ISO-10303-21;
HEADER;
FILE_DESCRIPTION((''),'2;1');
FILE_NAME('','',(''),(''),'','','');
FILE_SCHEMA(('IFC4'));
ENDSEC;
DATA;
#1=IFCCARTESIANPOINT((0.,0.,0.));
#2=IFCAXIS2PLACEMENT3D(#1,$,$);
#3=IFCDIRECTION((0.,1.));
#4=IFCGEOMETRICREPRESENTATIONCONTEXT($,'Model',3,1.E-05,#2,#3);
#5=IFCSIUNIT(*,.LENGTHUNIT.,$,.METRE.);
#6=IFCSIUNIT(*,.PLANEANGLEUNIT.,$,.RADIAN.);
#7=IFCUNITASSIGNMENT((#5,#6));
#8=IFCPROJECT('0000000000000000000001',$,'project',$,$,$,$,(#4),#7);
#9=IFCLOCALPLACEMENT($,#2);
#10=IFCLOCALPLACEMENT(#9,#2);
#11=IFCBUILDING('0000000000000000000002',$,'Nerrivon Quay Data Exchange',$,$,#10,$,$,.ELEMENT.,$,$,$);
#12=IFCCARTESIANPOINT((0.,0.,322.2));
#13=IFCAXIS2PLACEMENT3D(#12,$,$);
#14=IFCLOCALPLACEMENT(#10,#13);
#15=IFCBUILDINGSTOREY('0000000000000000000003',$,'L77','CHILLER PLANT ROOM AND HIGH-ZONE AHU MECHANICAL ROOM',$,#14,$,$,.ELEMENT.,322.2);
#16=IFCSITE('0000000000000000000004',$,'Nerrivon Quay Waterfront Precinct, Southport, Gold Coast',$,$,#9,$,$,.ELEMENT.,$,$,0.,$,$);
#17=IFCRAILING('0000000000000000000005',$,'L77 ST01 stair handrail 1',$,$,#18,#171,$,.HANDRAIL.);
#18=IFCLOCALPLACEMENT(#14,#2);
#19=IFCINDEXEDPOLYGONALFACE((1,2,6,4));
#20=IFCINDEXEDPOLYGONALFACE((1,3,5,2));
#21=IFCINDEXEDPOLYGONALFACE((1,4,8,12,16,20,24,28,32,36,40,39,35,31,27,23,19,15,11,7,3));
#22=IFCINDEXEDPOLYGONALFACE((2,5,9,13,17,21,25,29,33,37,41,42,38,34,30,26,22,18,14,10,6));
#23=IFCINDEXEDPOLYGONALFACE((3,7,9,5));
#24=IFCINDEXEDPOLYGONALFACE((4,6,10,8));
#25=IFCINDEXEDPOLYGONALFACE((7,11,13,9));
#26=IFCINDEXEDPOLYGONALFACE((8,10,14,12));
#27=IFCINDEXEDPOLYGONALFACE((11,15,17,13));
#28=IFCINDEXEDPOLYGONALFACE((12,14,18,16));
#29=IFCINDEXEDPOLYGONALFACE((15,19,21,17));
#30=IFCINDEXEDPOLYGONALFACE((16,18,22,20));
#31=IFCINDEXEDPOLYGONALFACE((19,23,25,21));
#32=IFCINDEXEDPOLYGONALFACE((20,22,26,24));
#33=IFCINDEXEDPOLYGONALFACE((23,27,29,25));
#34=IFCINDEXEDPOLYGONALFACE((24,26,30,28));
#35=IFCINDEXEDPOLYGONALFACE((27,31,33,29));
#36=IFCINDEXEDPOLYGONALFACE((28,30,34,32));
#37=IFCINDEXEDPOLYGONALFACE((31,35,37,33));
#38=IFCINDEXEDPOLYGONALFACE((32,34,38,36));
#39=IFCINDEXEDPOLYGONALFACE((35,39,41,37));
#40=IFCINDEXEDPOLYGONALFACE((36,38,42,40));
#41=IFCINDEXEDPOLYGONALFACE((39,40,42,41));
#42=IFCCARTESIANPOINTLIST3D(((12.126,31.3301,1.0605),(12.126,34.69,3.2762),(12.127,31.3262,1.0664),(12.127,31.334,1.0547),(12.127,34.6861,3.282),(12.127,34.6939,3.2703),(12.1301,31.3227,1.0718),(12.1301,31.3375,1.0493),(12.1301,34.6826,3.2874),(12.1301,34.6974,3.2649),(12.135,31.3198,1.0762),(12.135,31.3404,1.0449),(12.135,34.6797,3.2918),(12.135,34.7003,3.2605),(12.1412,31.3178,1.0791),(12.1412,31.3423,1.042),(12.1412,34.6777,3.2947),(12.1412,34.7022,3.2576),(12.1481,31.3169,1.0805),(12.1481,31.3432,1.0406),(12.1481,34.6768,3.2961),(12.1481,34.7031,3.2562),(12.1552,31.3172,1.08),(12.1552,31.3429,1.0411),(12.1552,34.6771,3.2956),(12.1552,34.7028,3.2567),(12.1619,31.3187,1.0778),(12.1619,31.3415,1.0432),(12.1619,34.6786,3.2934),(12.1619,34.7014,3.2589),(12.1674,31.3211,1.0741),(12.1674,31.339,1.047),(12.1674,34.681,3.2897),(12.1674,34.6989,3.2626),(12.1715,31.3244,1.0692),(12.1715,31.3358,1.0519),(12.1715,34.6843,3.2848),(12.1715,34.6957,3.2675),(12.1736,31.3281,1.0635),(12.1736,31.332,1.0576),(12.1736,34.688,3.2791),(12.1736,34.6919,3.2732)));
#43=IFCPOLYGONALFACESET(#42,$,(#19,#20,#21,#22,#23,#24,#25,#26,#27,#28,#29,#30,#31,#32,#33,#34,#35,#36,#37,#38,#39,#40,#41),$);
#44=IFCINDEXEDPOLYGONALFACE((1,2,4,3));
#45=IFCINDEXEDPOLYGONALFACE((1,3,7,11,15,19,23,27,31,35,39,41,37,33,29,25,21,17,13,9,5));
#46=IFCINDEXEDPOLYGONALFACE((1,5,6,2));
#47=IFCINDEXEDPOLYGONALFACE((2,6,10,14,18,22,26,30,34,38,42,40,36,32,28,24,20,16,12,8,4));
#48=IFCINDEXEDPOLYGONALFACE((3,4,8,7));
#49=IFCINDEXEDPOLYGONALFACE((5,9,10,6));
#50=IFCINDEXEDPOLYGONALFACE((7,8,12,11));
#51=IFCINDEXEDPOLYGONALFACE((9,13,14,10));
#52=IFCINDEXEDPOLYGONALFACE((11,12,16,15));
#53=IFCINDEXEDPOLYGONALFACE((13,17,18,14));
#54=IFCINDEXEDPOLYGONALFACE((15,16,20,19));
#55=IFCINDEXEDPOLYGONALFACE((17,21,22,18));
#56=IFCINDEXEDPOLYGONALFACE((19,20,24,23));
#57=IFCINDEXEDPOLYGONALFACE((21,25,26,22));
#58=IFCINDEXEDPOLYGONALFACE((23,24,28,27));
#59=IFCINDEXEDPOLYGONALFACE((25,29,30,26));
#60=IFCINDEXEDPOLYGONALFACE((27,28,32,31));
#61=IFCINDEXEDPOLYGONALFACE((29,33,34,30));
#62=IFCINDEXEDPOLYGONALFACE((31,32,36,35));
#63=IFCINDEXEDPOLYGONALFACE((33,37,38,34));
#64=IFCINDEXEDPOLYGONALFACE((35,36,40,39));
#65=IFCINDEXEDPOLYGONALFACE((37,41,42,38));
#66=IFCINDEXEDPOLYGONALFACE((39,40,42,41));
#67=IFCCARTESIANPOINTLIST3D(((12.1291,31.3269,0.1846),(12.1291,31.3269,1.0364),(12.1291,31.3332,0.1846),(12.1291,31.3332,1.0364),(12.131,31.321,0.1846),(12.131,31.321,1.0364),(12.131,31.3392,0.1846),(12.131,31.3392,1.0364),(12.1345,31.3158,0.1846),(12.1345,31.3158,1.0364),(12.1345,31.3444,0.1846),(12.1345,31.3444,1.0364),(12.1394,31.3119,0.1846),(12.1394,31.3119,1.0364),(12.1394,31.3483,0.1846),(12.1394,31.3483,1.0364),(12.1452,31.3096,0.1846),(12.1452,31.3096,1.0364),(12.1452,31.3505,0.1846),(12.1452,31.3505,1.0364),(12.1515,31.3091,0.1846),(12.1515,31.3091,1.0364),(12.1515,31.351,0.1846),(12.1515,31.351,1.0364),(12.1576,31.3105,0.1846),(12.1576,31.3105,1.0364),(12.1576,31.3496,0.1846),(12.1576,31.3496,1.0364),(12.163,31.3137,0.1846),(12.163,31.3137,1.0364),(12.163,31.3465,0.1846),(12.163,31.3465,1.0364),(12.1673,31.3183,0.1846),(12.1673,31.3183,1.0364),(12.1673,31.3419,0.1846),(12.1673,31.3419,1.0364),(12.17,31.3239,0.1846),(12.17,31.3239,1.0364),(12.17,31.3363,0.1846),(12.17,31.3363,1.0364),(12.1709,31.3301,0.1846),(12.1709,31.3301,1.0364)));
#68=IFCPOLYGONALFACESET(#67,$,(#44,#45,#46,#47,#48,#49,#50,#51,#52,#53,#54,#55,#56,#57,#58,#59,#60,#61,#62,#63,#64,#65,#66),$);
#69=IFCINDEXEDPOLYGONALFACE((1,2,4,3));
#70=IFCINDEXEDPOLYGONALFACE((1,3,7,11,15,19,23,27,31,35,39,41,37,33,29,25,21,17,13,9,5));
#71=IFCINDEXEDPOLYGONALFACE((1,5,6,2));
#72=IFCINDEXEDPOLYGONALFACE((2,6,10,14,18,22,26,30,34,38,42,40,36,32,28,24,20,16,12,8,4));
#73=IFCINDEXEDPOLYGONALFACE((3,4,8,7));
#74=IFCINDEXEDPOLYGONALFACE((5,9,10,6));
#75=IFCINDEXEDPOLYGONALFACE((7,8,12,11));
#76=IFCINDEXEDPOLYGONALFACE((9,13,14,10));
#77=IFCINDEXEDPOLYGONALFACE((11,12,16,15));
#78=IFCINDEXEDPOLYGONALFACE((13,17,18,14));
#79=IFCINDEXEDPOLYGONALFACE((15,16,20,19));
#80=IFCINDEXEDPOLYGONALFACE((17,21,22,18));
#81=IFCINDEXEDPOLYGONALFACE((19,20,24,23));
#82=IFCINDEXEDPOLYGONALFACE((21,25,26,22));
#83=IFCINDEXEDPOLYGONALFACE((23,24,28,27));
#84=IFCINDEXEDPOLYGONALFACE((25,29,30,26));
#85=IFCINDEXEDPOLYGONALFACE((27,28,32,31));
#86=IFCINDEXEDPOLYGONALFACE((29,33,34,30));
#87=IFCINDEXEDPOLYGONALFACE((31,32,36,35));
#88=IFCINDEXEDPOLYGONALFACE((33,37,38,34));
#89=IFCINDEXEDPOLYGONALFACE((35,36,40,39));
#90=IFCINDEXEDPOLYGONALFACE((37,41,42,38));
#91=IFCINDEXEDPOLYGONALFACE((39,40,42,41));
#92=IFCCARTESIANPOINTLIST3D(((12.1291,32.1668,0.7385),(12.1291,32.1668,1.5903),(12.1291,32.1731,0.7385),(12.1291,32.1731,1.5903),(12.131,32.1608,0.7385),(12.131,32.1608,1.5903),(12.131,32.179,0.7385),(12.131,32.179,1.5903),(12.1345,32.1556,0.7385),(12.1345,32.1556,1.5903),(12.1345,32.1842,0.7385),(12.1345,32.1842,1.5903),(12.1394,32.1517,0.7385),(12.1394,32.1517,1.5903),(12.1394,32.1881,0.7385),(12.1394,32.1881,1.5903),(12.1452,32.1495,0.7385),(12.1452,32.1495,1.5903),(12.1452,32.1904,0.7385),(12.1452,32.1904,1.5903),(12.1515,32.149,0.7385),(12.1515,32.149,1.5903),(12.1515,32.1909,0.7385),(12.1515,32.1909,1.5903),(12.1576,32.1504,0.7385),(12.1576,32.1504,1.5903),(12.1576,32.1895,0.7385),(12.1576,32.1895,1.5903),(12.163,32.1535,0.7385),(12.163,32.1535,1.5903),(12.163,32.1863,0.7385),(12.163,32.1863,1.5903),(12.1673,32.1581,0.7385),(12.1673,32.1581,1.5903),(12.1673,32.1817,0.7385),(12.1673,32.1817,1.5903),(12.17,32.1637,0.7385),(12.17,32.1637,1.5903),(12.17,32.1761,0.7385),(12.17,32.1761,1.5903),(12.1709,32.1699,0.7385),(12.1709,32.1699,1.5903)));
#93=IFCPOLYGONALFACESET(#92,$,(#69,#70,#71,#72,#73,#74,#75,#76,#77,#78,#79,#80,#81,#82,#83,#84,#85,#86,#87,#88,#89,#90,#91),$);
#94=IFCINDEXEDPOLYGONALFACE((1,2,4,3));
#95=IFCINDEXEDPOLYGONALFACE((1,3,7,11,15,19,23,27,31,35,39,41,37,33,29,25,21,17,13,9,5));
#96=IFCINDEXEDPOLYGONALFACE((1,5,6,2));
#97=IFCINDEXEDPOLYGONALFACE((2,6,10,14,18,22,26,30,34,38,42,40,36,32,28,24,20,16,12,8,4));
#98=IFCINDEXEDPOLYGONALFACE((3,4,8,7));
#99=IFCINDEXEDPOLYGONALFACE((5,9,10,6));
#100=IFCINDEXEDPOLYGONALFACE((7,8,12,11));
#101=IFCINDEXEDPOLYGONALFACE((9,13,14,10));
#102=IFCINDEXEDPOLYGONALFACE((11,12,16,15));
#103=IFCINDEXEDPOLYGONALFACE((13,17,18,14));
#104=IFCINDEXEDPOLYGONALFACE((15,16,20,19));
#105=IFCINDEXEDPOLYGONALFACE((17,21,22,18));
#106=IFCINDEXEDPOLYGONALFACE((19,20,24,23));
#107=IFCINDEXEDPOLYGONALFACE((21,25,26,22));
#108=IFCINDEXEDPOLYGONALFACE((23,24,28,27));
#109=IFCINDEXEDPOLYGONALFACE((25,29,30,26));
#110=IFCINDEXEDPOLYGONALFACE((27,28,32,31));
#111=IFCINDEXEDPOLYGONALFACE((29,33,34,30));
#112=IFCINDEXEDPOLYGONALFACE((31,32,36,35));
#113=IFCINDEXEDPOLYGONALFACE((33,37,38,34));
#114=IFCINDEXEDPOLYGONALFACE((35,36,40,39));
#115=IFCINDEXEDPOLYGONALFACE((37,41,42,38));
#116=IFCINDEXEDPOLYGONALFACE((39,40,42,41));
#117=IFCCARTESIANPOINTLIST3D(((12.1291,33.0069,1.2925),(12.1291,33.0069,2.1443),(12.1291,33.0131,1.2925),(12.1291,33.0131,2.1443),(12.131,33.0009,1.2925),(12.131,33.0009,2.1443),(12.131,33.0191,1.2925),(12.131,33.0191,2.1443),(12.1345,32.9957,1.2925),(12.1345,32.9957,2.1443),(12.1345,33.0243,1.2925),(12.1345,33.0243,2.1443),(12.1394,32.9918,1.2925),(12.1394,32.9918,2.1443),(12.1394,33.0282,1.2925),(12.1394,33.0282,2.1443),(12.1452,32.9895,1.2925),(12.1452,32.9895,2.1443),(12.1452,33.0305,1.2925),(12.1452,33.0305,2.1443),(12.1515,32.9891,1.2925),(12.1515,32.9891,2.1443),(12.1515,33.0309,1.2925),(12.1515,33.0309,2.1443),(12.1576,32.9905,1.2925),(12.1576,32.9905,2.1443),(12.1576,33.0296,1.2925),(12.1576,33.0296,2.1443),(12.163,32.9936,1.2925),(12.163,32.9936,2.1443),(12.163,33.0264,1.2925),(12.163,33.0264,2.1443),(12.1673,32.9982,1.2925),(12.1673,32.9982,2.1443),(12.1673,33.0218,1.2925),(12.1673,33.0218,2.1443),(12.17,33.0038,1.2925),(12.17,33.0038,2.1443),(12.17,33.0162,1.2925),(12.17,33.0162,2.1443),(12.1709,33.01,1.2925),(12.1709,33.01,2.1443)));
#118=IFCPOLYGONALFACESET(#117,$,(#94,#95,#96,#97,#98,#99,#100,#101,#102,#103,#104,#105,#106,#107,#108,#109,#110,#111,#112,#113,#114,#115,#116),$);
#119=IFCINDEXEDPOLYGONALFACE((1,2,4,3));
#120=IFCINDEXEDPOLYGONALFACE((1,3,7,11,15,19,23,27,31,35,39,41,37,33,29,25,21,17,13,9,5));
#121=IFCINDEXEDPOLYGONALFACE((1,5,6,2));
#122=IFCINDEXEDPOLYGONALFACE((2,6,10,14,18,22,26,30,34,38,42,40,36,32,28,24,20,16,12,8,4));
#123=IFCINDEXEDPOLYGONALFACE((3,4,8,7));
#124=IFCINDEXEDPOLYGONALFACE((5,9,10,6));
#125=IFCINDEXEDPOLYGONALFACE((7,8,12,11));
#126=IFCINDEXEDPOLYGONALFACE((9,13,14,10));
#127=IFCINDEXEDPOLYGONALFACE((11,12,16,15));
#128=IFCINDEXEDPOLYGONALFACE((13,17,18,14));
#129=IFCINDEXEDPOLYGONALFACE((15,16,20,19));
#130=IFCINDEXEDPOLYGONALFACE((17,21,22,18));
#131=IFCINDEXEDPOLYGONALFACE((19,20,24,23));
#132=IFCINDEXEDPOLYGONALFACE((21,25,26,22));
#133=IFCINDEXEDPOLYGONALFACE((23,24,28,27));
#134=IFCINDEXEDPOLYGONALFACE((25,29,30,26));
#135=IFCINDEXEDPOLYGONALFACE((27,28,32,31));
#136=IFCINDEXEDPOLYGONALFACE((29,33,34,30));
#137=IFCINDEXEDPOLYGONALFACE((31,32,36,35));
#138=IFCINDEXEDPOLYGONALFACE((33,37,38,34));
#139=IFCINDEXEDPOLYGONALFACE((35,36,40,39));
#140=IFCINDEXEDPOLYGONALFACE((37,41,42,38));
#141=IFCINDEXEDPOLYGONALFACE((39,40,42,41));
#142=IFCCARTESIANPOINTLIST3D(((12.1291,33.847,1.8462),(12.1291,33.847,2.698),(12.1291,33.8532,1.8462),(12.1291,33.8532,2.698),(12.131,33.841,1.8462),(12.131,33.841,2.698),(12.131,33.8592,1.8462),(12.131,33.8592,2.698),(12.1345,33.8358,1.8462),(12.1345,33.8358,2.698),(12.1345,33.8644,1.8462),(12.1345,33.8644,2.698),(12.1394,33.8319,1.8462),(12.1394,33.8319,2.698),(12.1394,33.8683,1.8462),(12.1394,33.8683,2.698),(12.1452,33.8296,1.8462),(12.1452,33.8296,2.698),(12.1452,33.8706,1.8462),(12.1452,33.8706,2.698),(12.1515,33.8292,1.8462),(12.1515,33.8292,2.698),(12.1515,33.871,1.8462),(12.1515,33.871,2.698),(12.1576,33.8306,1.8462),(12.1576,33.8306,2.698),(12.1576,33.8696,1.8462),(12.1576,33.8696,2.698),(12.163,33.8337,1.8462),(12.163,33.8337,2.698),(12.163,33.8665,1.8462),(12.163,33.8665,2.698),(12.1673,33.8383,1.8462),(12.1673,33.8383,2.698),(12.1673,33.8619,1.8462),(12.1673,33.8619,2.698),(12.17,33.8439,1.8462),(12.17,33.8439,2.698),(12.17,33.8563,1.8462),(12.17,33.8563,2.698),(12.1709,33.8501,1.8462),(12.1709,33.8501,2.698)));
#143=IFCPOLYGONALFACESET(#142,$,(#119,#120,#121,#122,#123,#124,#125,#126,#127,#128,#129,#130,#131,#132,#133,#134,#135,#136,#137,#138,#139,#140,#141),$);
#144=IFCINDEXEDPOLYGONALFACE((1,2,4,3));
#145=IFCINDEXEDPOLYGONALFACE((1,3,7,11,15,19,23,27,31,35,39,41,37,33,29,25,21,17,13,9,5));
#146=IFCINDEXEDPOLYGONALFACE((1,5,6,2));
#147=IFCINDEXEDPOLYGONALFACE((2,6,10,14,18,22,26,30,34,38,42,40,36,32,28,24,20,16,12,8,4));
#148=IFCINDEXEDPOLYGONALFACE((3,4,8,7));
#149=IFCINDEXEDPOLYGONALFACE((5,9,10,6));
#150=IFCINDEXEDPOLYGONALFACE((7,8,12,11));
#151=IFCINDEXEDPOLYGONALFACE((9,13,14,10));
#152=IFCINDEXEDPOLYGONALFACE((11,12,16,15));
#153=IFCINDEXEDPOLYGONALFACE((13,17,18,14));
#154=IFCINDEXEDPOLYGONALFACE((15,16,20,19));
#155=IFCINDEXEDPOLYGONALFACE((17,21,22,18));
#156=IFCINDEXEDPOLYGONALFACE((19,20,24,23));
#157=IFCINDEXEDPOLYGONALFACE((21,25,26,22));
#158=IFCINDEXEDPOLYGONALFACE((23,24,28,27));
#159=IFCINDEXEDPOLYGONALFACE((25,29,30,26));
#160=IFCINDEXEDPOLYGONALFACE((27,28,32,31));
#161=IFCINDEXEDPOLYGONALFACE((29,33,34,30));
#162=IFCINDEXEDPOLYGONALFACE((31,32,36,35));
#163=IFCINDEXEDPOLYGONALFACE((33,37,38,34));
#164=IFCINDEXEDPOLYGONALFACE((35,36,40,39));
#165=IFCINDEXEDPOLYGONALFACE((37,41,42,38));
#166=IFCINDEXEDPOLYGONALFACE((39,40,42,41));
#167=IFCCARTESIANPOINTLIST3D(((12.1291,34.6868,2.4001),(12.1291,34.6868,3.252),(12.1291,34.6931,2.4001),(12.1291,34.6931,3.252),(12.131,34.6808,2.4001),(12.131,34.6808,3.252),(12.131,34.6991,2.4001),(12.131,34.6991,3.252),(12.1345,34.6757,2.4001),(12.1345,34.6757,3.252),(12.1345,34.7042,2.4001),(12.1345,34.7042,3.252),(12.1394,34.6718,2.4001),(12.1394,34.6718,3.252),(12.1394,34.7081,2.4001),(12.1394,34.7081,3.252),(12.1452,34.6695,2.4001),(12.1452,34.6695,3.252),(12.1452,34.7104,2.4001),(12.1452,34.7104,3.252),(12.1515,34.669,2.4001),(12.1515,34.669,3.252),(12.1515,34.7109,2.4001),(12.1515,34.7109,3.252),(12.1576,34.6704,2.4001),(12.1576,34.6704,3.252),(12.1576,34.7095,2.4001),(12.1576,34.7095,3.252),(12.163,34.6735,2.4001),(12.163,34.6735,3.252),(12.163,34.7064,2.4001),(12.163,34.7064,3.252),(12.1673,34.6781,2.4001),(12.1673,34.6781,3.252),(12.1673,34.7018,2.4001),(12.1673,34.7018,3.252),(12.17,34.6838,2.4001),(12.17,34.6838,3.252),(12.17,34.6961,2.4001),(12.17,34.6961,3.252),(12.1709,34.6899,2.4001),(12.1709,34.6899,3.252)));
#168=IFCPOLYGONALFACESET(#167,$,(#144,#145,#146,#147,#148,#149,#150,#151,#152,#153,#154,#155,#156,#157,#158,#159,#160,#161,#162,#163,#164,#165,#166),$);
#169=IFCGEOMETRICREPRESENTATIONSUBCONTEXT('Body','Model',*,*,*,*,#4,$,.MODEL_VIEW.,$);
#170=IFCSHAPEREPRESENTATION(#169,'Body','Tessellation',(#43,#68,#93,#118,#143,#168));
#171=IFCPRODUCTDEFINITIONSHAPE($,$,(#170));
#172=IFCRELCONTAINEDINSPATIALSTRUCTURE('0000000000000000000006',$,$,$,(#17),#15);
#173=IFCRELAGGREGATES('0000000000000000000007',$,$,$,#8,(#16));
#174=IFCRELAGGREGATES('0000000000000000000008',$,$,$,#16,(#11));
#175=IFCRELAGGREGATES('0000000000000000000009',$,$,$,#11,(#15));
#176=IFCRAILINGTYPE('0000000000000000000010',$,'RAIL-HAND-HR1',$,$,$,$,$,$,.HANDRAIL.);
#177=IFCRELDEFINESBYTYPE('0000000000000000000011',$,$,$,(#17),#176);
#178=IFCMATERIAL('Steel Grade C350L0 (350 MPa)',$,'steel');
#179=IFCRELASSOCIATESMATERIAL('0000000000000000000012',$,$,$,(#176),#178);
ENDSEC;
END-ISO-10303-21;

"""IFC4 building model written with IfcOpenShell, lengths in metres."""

from ifc_helpers import new_model, si_unit, direction, frame, origin, origin_2d, place, context, subcontext, project, spatial, circle, extrude, material, type_object, element, save


model = new_model("IFC4")

# Units and contexts
model_context = context("Model", 3, precision=1e-05, world=origin(), true_north=direction((0.0, 1.0)))
body_context = subcontext(model_context, "Body", "Model", "MODEL_VIEW")
ifc_project = project(units=[si_unit("LENGTHUNIT", "METRE"), si_unit("PLANEANGLEUNIT", "RADIAN")], contexts=[model_context])

# Site, building, storey
site_placement = place(None, origin())
site = spatial("IfcSite", under=ifc_project, at=site_placement, Name="Nerrivon Quay Waterfront Precinct, Southport, Gold Coast", CompositionType="ELEMENT", RefElevation=0.0)
building_placement = place(site_placement, origin())
building = spatial("IfcBuilding", under=site, at=building_placement, Name="Nerrivon Quay Data Exchange", CompositionType="ELEMENT")
storey_placement = place(building_placement, frame((0.0, 0.0, 322.2)))
storey = spatial("IfcBuildingStorey", under=building, at=storey_placement, Name="L77", Description="CHILLER PLANT ROOM AND HIGH-ZONE AHU MECHANICAL ROOM", CompositionType="ELEMENT", Elevation=322.2)

# Railing
ifc_material_1 = material(Name="Steel Grade C350L0 (350 MPa)", Category="steel")
railing_type_1 = type_object("IfcRailingType", Name="RAIL-HAND-HR1", PredefinedType="HANDRAIL", material=ifc_material_1)
railing_1_placement = place(storey_placement, frame((12.1499, 31.3301, 0.1846)))
element("IfcRailing", 1, at=railing_1_placement, inside=storey, type_object=railing_type_1, Name="L77 ST01 stair handrail 1", PredefinedType="HANDRAIL", context=body_context, shape_type="SweptSolid", body=[
    extrude(circle(Radius=0.0239, at=origin_2d()), frame((0.0, 0.0, 0.876), z_axis=(0.0, 0.83483, 0.550508), x_axis=(-1.0, 0.0, 0.0)), (0.0, 0.0, 1.0), 4.0247),
    extrude(circle(Radius=0.021, at=origin_2d()), origin(), (0.0, 0.0, 1.0), 0.8518),
    extrude(circle(Radius=0.021, at=origin_2d()), frame((0.0, 0.8398, 0.554)), (0.0, 0.0, 1.0), 0.8518),
    extrude(circle(Radius=0.021, at=origin_2d()), frame((0.0, 1.6799, 1.1079)), (0.0, 0.0, 1.0), 0.8518),
    extrude(circle(Radius=0.021, at=origin_2d()), frame((0.0, 2.52, 1.6616)), (0.0, 0.0, 1.0), 0.8518),
    extrude(circle(Radius=0.021, at=origin_2d()), frame((0.0, 3.3599, 2.2156)), (0.0, 0.0, 1.0), 0.8518),
])

save(model, "model.ifc")
